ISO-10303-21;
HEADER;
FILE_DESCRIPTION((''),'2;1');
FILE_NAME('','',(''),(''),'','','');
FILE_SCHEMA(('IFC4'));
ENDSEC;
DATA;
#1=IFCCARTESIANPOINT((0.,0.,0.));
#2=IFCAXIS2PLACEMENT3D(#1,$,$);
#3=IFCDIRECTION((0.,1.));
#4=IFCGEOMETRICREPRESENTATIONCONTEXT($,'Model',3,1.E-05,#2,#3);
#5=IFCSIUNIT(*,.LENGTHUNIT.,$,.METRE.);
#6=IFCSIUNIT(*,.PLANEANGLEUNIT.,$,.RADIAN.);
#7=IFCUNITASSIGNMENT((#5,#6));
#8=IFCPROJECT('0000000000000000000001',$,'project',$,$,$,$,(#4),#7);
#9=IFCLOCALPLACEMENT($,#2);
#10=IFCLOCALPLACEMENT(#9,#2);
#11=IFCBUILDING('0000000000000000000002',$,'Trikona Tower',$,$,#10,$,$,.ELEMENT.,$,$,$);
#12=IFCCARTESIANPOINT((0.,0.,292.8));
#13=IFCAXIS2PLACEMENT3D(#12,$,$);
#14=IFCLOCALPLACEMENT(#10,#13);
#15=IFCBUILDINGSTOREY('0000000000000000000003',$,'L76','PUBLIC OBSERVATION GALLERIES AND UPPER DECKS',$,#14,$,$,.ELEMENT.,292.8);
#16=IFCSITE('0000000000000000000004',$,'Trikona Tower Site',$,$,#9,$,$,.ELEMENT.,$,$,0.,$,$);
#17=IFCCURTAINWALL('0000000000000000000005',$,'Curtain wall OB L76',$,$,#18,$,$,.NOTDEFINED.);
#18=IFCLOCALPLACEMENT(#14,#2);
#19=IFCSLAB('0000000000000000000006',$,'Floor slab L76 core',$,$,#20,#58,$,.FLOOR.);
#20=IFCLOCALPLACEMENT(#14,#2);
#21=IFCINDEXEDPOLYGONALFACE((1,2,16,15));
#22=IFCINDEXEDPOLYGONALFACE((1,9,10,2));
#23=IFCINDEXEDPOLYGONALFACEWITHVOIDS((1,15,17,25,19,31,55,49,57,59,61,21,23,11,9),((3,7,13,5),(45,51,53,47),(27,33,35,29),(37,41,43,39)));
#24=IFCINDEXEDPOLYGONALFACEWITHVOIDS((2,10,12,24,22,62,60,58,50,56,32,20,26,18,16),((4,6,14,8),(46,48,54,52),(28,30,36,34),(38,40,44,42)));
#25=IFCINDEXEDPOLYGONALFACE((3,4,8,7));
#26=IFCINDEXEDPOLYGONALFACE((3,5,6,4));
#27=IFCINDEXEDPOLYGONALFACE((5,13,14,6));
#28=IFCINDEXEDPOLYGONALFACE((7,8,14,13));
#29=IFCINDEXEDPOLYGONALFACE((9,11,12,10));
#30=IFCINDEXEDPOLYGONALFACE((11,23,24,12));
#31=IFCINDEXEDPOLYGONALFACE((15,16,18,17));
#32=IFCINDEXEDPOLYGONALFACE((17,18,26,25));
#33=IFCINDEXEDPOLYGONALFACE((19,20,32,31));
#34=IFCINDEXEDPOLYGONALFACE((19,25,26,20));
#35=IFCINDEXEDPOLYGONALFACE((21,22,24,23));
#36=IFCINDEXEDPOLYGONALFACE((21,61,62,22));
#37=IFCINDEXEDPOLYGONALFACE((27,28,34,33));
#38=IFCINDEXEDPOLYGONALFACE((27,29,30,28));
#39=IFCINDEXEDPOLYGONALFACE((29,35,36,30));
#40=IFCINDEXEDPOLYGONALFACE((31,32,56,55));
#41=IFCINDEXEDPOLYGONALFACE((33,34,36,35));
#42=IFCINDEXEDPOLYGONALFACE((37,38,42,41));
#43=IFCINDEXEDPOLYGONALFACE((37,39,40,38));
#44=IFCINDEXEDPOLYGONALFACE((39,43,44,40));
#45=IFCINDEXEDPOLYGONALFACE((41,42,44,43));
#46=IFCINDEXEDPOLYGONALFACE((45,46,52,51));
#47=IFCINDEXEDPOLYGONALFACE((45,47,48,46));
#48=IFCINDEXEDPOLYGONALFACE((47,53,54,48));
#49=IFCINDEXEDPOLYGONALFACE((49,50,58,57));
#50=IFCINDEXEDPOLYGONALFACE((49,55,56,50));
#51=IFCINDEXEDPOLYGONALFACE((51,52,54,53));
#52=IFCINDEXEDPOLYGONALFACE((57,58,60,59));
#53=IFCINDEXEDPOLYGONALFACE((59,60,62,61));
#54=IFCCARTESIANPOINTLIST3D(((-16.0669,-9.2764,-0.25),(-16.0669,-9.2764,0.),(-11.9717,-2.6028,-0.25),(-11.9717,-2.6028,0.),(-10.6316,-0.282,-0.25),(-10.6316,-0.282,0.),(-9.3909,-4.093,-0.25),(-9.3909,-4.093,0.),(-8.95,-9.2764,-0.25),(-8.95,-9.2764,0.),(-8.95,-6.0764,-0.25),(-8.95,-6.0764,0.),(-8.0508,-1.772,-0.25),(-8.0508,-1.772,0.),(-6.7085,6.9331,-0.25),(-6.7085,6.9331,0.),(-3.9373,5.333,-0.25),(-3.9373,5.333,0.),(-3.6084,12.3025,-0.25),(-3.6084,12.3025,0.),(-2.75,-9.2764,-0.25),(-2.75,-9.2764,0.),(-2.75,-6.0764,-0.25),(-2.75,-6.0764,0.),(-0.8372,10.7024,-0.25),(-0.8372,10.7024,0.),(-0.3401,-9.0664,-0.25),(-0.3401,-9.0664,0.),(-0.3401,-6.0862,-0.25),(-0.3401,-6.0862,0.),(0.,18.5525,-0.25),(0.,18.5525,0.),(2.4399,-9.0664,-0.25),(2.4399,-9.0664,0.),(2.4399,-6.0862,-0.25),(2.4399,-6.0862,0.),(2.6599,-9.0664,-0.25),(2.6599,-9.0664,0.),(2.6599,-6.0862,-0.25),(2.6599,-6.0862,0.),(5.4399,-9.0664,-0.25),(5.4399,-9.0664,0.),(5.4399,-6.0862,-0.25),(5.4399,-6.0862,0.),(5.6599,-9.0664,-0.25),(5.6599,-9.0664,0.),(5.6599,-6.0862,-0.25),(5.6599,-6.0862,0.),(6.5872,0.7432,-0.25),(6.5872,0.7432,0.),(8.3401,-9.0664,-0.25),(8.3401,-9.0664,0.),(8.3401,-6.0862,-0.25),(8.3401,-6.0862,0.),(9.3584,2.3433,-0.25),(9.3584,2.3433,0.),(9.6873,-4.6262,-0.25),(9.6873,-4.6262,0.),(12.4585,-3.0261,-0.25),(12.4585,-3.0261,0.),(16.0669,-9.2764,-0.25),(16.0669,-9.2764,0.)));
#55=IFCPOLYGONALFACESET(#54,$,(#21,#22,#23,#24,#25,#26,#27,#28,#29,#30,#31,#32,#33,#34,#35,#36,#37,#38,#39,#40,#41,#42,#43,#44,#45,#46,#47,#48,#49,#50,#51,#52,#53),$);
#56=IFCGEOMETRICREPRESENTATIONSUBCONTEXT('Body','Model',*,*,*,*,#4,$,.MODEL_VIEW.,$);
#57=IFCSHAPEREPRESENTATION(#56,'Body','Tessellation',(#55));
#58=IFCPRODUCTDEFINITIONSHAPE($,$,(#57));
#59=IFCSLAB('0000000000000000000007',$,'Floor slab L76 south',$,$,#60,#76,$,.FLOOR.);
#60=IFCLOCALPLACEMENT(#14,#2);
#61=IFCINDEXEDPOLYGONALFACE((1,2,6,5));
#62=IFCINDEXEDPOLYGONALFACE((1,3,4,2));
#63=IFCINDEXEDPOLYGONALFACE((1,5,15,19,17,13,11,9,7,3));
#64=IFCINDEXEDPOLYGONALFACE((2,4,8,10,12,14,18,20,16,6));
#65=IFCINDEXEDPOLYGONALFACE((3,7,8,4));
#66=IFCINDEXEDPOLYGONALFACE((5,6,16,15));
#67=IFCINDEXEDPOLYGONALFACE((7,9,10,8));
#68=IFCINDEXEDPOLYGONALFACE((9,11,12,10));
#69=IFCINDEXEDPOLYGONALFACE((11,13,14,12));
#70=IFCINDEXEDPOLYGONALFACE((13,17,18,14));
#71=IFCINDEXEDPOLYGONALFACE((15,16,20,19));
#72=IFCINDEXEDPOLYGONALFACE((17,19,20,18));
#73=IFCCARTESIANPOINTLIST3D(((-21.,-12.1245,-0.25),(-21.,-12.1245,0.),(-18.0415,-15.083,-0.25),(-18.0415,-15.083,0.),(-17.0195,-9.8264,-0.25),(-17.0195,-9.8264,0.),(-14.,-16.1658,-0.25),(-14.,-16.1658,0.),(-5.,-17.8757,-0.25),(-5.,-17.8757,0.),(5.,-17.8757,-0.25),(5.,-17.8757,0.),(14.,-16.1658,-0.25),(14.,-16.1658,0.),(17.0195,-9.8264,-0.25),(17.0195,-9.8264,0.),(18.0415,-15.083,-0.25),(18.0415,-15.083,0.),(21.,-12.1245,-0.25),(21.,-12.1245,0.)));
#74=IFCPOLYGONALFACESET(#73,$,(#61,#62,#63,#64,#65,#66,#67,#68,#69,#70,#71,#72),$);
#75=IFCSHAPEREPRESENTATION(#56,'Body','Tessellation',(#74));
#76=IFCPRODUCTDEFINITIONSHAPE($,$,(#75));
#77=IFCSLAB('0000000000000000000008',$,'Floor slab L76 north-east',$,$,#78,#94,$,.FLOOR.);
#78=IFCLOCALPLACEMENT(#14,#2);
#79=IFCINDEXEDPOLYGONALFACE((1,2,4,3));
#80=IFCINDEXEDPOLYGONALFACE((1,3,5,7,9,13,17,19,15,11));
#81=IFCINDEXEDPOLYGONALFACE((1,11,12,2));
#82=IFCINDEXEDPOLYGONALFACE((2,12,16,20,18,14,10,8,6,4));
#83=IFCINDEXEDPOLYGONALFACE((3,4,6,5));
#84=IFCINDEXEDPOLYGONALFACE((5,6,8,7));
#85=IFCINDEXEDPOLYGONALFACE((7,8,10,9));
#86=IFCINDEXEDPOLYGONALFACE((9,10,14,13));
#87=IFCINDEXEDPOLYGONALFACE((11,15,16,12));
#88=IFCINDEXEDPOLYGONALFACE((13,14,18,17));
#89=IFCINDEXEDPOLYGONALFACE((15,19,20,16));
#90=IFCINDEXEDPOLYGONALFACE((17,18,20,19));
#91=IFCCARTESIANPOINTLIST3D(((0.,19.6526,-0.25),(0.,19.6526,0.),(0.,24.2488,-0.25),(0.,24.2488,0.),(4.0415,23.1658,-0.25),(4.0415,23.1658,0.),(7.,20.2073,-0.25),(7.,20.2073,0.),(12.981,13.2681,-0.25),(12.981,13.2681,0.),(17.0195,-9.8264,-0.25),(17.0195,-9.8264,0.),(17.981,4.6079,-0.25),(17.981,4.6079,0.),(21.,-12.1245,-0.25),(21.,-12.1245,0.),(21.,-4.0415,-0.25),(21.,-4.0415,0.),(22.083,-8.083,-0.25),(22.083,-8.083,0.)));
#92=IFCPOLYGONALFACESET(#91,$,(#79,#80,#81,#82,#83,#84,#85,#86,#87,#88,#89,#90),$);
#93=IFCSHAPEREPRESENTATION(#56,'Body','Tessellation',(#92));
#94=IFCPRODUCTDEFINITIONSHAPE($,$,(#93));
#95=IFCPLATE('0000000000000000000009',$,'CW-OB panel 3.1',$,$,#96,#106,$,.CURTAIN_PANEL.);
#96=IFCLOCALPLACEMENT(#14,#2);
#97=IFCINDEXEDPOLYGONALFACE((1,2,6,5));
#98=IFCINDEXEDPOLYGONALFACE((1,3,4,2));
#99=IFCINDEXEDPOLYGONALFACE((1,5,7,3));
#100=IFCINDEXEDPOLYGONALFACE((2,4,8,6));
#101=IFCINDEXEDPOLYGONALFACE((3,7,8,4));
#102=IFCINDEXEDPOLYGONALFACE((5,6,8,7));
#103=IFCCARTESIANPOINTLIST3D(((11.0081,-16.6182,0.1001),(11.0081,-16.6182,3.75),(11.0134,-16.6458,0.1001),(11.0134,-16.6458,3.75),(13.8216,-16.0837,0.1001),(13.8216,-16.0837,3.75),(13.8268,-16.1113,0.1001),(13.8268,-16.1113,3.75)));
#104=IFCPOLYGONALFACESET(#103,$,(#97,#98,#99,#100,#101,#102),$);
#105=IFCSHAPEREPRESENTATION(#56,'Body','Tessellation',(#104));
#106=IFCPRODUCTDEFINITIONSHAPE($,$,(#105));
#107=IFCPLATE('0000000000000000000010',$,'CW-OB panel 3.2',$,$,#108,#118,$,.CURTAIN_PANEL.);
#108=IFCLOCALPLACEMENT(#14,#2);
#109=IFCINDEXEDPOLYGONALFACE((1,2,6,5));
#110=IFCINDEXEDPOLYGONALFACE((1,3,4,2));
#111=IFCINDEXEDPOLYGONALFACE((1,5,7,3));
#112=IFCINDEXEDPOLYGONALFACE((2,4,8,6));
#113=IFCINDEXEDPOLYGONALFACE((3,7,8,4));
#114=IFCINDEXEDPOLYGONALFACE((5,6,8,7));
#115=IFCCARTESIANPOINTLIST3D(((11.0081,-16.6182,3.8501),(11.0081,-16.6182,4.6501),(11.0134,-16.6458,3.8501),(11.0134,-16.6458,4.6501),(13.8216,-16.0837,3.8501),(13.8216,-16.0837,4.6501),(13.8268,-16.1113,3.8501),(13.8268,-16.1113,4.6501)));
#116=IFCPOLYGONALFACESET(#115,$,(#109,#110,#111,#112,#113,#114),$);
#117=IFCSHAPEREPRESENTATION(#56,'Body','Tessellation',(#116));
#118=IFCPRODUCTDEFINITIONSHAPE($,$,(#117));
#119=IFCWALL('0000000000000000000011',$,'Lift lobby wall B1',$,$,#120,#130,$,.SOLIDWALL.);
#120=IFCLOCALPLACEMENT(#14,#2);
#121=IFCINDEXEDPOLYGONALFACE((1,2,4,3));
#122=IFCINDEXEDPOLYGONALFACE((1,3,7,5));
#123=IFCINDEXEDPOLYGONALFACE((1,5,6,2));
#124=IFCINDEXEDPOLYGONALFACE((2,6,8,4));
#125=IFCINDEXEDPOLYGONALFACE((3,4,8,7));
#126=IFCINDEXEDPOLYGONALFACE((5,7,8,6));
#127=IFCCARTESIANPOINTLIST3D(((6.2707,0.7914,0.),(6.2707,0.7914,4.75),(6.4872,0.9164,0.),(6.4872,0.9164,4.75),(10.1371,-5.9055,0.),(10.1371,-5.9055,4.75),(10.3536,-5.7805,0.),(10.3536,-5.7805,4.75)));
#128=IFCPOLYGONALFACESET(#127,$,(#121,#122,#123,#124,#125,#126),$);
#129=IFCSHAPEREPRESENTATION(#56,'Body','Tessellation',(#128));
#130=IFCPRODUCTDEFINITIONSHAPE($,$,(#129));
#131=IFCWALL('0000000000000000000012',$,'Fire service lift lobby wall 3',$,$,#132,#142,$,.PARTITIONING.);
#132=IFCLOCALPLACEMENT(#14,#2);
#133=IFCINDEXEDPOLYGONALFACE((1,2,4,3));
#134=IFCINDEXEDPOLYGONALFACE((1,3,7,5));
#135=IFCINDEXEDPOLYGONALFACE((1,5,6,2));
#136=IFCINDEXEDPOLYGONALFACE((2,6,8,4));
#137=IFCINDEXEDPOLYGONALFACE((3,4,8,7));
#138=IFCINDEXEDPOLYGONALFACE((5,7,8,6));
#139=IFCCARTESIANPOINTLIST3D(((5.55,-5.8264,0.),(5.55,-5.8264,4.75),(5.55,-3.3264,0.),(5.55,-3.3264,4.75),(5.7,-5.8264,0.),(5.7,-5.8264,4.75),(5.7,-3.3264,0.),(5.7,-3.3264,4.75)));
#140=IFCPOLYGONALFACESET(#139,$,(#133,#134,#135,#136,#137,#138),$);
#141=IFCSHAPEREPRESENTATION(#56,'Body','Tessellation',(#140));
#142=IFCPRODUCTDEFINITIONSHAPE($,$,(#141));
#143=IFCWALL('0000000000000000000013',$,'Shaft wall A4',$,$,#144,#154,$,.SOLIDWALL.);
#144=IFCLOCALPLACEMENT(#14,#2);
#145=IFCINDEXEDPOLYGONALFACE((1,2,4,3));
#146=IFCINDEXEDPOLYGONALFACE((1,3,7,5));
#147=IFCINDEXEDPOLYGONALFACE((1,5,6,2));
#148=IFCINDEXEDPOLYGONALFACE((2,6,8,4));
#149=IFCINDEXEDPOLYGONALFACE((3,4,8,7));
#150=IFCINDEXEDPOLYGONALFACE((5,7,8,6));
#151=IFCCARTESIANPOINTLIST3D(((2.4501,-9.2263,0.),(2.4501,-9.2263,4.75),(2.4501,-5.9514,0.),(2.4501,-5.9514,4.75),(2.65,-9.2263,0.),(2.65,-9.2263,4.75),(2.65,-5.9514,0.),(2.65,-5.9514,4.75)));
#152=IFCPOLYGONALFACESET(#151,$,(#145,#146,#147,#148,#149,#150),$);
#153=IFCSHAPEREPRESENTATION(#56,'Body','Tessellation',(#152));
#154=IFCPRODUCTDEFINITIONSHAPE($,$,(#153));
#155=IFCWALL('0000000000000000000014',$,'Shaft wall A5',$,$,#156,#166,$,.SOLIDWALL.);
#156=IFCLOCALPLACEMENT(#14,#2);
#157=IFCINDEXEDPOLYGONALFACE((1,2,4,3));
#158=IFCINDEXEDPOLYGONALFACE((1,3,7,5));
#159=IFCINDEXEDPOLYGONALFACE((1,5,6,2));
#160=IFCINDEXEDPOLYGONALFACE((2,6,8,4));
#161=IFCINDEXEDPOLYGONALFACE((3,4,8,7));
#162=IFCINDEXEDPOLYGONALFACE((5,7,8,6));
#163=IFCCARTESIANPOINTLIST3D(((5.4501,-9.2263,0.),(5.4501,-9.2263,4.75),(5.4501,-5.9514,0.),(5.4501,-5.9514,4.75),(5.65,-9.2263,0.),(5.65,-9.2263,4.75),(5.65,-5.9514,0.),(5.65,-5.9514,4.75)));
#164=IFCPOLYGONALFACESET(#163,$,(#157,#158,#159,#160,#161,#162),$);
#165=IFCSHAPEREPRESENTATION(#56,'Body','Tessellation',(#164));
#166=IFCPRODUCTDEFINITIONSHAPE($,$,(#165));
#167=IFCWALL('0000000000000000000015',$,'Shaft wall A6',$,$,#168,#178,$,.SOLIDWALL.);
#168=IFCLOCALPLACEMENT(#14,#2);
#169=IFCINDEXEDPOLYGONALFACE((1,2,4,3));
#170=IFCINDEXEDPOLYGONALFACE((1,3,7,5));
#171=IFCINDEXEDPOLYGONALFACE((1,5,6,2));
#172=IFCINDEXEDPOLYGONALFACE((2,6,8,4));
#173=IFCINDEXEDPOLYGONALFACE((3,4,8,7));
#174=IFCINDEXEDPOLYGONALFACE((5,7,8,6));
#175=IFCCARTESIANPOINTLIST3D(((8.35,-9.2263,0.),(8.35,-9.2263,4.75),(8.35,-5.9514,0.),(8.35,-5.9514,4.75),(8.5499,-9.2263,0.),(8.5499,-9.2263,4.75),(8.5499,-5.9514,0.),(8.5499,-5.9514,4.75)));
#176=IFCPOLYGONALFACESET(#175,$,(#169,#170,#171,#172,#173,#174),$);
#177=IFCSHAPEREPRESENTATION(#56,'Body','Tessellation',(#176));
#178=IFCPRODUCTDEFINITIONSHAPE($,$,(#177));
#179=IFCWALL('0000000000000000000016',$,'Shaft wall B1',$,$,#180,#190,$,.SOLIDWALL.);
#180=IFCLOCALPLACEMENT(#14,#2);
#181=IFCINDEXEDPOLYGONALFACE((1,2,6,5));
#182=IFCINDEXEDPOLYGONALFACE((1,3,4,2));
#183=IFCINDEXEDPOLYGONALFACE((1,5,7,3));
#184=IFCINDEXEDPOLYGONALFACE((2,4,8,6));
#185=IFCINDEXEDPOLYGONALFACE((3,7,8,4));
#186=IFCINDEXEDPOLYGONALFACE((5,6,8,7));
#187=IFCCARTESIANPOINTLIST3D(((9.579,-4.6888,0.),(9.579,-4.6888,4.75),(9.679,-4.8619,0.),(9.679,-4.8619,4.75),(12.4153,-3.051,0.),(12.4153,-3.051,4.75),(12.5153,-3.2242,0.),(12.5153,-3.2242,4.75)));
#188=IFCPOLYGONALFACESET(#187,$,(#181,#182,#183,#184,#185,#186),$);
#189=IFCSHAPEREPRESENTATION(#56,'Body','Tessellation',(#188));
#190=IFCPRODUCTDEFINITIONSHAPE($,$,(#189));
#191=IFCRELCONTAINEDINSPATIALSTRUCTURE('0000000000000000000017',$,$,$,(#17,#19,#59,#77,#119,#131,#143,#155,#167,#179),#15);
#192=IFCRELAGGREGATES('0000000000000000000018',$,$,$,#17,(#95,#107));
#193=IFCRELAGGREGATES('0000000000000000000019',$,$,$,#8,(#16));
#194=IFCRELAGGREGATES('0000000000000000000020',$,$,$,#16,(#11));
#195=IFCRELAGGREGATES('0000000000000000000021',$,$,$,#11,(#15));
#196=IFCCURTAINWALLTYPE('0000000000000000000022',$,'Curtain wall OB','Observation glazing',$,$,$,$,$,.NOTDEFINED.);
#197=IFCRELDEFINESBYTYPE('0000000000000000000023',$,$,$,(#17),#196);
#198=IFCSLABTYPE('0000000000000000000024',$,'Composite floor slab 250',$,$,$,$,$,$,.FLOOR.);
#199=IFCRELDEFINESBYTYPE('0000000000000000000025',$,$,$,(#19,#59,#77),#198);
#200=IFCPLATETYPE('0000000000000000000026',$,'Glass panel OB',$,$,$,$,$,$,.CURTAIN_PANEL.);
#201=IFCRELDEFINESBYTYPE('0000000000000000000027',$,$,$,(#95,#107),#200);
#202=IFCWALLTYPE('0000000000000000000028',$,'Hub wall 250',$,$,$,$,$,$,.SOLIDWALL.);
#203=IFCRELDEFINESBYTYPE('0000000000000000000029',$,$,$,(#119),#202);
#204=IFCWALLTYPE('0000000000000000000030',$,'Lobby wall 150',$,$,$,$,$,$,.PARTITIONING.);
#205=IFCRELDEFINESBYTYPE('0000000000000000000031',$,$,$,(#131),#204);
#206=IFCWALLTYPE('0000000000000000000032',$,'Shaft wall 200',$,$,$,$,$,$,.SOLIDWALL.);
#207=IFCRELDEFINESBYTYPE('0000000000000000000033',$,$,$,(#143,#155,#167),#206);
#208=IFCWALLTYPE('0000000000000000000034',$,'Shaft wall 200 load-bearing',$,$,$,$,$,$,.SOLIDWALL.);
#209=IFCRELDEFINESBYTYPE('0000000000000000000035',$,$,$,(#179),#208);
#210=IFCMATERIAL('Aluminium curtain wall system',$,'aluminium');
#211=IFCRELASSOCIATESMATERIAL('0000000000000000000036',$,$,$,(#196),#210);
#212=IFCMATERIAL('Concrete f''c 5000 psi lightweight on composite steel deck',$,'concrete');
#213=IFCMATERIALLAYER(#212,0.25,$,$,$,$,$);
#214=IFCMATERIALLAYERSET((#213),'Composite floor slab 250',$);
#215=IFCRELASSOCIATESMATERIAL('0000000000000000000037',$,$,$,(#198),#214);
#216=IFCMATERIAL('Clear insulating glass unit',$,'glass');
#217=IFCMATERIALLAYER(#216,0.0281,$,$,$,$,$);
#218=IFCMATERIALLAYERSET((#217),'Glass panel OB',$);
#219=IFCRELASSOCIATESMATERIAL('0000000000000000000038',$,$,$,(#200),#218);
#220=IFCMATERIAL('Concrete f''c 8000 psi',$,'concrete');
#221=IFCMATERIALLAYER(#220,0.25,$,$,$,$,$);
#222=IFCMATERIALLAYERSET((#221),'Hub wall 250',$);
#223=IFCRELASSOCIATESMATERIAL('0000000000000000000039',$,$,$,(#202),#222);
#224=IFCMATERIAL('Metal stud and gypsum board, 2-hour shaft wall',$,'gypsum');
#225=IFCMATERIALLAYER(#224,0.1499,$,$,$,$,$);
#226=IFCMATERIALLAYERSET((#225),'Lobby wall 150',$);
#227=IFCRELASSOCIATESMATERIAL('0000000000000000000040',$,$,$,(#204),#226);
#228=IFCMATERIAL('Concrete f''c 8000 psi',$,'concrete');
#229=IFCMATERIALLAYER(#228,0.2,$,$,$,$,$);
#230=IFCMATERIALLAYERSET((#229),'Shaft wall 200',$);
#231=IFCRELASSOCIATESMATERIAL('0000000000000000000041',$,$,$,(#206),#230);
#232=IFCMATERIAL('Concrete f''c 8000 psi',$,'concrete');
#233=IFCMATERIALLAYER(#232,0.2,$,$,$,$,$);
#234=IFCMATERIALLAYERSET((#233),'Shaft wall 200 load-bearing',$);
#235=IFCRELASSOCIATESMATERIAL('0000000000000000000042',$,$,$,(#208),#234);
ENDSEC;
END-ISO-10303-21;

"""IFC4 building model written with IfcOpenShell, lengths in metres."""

from ifc_helpers import new_model, si_unit, direction, frame, frame_2d, origin, origin_2d, place, context, subcontext, project, spatial, polyline, rectangle, outline, extrude, material, layer, layer_set, type_object, element, aggregate, save


model = new_model("IFC4")

# Units and contexts
model_context = context("Model", 3, precision=1e-05, world=origin(), true_north=direction((0.0, 1.0)))
body_context = subcontext(model_context, "Body", "Model", "MODEL_VIEW")
ifc_project = project(units=[si_unit("LENGTHUNIT", "METRE"), si_unit("PLANEANGLEUNIT", "RADIAN")], contexts=[model_context])

# Site, building, storey
site_placement = place(None, origin())
site = spatial("IfcSite", under=ifc_project, at=site_placement, Name="Trikona Tower Site", CompositionType="ELEMENT", RefElevation=0.0)
building_placement = place(site_placement, origin())
building = spatial("IfcBuilding", under=site, at=building_placement, Name="Trikona Tower", CompositionType="ELEMENT")
storey_placement = place(building_placement, frame((0.0, 0.0, 292.8)))
storey = spatial("IfcBuildingStorey", under=building, at=storey_placement, Name="L76", Description="PUBLIC OBSERVATION GALLERIES AND UPPER DECKS", CompositionType="ELEMENT", Elevation=292.8)

# Curtain wall
ifc_material_1 = material(Name="Aluminium curtain wall system", Category="aluminium")
curtain_wall_type = type_object("IfcCurtainWallType", Name="Curtain wall OB", Description="Observation glazing", PredefinedType="NOTDEFINED", material=ifc_material_1)
curtain_wall_placement = place(storey_placement, origin())
curtain_wall = element("IfcCurtainWall", 1, at=curtain_wall_placement, inside=storey, type_object=curtain_wall_type, Name="Curtain wall OB L76", PredefinedType="NOTDEFINED")

# Slabs
ifc_material_2 = material(Name="Concrete f'c 5000 psi lightweight on composite steel deck", Category="concrete")
ifc_layer_1 = layer(ifc_material_2, 0.25)
ifc_layer_set_1 = layer_set([ifc_layer_1], Name="Composite floor slab 250")
slab_type = type_object("IfcSlabType", Name="Composite floor slab 250", PredefinedType="FLOOR", material=ifc_layer_set_1)
slab_1_placement = place(storey_placement, frame((0.0, 0.0, -0.25)))
element("IfcSlab", 2, at=slab_1_placement, inside=storey, type_object=slab_type, Name="Floor slab L76 core", PredefinedType="FLOOR", context=body_context, shape_type="SweptSolid", body=[
    extrude(outline(polyline([(-16.0669, -9.2764), (-8.95, -9.2764), (-8.95, -6.0764), (-2.75, -6.0764), (-2.75, -9.2764), (16.0669, -9.2764), (12.4585, -3.0261), (9.6873, -4.6262), (6.5872, 0.7432), (9.3584, 2.3433), (0.0, 18.5525), (-3.6084, 12.3025), (-0.8372, 10.7024), (-3.9373, 5.333), (-6.7085, 6.9331), (-16.0669, -9.2764)]), holes=[polyline([(5.6599, -9.0664), (8.3401, -9.0664), (8.3401, -6.0862), (5.6599, -6.0862), (5.6599, -9.0664)]), polyline([(5.4399, -9.0664), (5.4399, -6.0862), (2.6599, -6.0862), (2.6599, -9.0664), (5.4399, -9.0664)]), polyline([(2.4399, -6.0862), (-0.3401, -6.0862), (-0.3401, -9.0664), (2.4399, -9.0664), (2.4399, -6.0862)]), polyline([(-11.9717, -2.6028), (-9.3909, -4.093), (-8.0508, -1.772), (-10.6316, -0.282), (-11.9717, -2.6028)])]), origin(), (0.0, 0.0, 1.0), 0.25),
])
slab_2_placement = place(storey_placement, frame((0.0, 0.0, -0.25)))
element("IfcSlab", 3, at=slab_2_placement, inside=storey, type_object=slab_type, Name="Floor slab L76 south", PredefinedType="FLOOR", context=body_context, shape_type="SweptSolid", body=[
    extrude(outline(polyline([(21.0, -12.1245), (17.0195, -9.8264), (-17.0195, -9.8264), (-21.0, -12.1245), (-18.0415, -15.083), (-14.0, -16.1658), (-5.0, -17.8757), (5.0, -17.8757), (14.0, -16.1658), (18.0415, -15.083), (21.0, -12.1245)])), origin(), (0.0, 0.0, 1.0), 0.25),
])
slab_3_placement = place(storey_placement, frame((0.0, 0.0, -0.25)))
element("IfcSlab", 4, at=slab_3_placement, inside=storey, type_object=slab_type, Name="Floor slab L76 north-east", PredefinedType="FLOOR", context=body_context, shape_type="SweptSolid", body=[
    extrude(outline(polyline([(4.0415, 23.1658), (0.0, 24.2488), (0.0, 19.6526), (17.0195, -9.8264), (21.0, -12.1245), (22.083, -8.083), (21.0, -4.0415), (17.981, 4.6079), (12.981, 13.2681), (7.0, 20.2073), (4.0415, 23.1658)])), origin(), (0.0, 0.0, 1.0), 0.25),
])

# Plates
ifc_material_3 = material(Name="Clear insulating glass unit", Category="glass")
ifc_layer_2 = layer(ifc_material_3, 0.0281)
ifc_layer_set_2 = layer_set([ifc_layer_2], Name="Glass panel OB")
plate_type = type_object("IfcPlateType", Name="Glass panel OB", PredefinedType="CURTAIN_PANEL", material=ifc_layer_set_2)
plate_1_placement = place(storey_placement, frame((12.4175, -16.3647, 0.1001), z_axis=(0.0, 0.0, 1.0), x_axis=(0.982424, 0.186661, 0.0)))
plate_1 = element("IfcPlate", 5, at=plate_1_placement, type_object=plate_type, Name="CW-OB panel 3.1", PredefinedType="CURTAIN_PANEL", context=body_context, shape_type="SweptSolid", body=[
    extrude(rectangle(XDim=2.8638, YDim=0.0281, at=origin_2d()), origin(), (0.0, 0.0, 1.0), 3.6499),
])
plate_2_placement = place(storey_placement, frame((12.4175, -16.3647, 3.8501), z_axis=(0.0, 0.0, 1.0), x_axis=(0.982424, 0.186661, 0.0)))
plate_2 = element("IfcPlate", 6, at=plate_2_placement, type_object=plate_type, Name="CW-OB panel 3.2", PredefinedType="CURTAIN_PANEL", context=body_context, shape_type="SweptSolid", body=[
    extrude(rectangle(XDim=2.8638, YDim=0.0281, at=origin_2d()), origin(), (0.0, 0.0, 1.0), 0.8),
])
aggregate(curtain_wall, [plate_1, plate_2])

# Walls
ifc_material_4 = material(Name="Concrete f'c 8000 psi", Category="concrete")
ifc_layer_3 = layer(ifc_material_4, 0.25)
ifc_layer_set_3 = layer_set([ifc_layer_3], Name="Hub wall 250")
wall_type_1 = type_object("IfcWallType", Name="Hub wall 250", PredefinedType="SOLIDWALL", material=ifc_layer_set_3)
wall_1_placement = place(storey_placement, frame((10.2454, -5.843, 0.0), z_axis=(0.0, 0.0, 1.0), x_axis=(-0.499993, 0.866029, 0.0)))
element("IfcWall", 7, at=wall_1_placement, inside=storey, type_object=wall_type_1, Name="Lift lobby wall B1", PredefinedType="SOLIDWALL", context=body_context, shape_type="SweptSolid", body=[
    extrude(rectangle(XDim=7.7329, YDim=0.25, at=frame_2d((3.8665, 0.0))), origin(), (0.0, 0.0, 1.0), 4.75),
])
ifc_material_5 = material(Name="Metal stud and gypsum board, 2-hour shaft wall", Category="gypsum")
ifc_layer_4 = layer(ifc_material_5, 0.1499)
ifc_layer_set_4 = layer_set([ifc_layer_4], Name="Lobby wall 150")
wall_type_2 = type_object("IfcWallType", Name="Lobby wall 150", PredefinedType="PARTITIONING", material=ifc_layer_set_4)
wall_2_placement = place(storey_placement, frame((5.625, -5.8264, 0.0), z_axis=(0.0, 0.0, 1.0), x_axis=(0.0, 1.0, 0.0)))
element("IfcWall", 8, at=wall_2_placement, inside=storey, type_object=wall_type_2, Name="Fire service lift lobby wall 3", PredefinedType="PARTITIONING", context=body_context, shape_type="SweptSolid", body=[
    extrude(rectangle(XDim=2.5, YDim=0.1499, at=frame_2d((1.25, 0.0))), origin(), (0.0, 0.0, 1.0), 4.75),
])
ifc_material_6 = material(Name="Concrete f'c 8000 psi", Category="concrete")
ifc_layer_5 = layer(ifc_material_6, 0.2)
ifc_layer_set_5 = layer_set([ifc_layer_5], Name="Shaft wall 200")
wall_type_3 = type_object("IfcWallType", Name="Shaft wall 200", PredefinedType="SOLIDWALL", material=ifc_layer_set_5)
for number, where, z_axis, x_axis, name in (
    (9, (2.55, -5.9514, 0.0), (0.0, 0.0, 1.0), (0.0, -1.0, 0.0), "Shaft wall A4"),
    (10, (5.55, -5.9514, 0.0), (0.0, 0.0, 1.0), (0.0, -1.0, 0.0), "Shaft wall A5"),
    (11, (8.45, -5.9514, 0.0), (0.0, 0.0, 1.0), (0.0, -1.0, 0.0), "Shaft wall A6"),
):
    element("IfcWall", number, at=place(storey_placement, frame(where, z_axis=z_axis, x_axis=x_axis)), inside=storey, type_object=wall_type_3, Name=name, PredefinedType="SOLIDWALL", context=body_context, shape_type="SweptSolid", body=[
        extrude(rectangle(XDim=3.2749, YDim=0.2, at=frame_2d((1.6375, 0.0))), origin(), (0.0, 0.0, 1.0), 4.75),
    ])
ifc_material_7 = material(Name="Concrete f'c 8000 psi", Category="concrete")
ifc_layer_6 = layer(ifc_material_7, 0.2)
ifc_layer_set_6 = layer_set([ifc_layer_6], Name="Shaft wall 200 load-bearing")
wall_type_4 = type_object("IfcWallType", Name="Shaft wall 200 load-bearing", PredefinedType="SOLIDWALL", material=ifc_layer_set_6)
wall_3_placement = place(storey_placement, frame((9.6289, -4.7754, 0.0), z_axis=(0.0, 0.0, 1.0), x_axis=(0.865996, 0.500052, 0.0)))
element("IfcWall", 12, at=wall_3_placement, inside=storey, type_object=wall_type_4, Name="Shaft wall B1", PredefinedType="SOLIDWALL", context=body_context, shape_type="SweptSolid", body=[
    extrude(rectangle(XDim=3.2751, YDim=0.2, at=frame_2d((1.6377, 0.0))), origin(), (0.0, 0.0, 1.0), 4.75),
])

save(model, "model.ifc")
